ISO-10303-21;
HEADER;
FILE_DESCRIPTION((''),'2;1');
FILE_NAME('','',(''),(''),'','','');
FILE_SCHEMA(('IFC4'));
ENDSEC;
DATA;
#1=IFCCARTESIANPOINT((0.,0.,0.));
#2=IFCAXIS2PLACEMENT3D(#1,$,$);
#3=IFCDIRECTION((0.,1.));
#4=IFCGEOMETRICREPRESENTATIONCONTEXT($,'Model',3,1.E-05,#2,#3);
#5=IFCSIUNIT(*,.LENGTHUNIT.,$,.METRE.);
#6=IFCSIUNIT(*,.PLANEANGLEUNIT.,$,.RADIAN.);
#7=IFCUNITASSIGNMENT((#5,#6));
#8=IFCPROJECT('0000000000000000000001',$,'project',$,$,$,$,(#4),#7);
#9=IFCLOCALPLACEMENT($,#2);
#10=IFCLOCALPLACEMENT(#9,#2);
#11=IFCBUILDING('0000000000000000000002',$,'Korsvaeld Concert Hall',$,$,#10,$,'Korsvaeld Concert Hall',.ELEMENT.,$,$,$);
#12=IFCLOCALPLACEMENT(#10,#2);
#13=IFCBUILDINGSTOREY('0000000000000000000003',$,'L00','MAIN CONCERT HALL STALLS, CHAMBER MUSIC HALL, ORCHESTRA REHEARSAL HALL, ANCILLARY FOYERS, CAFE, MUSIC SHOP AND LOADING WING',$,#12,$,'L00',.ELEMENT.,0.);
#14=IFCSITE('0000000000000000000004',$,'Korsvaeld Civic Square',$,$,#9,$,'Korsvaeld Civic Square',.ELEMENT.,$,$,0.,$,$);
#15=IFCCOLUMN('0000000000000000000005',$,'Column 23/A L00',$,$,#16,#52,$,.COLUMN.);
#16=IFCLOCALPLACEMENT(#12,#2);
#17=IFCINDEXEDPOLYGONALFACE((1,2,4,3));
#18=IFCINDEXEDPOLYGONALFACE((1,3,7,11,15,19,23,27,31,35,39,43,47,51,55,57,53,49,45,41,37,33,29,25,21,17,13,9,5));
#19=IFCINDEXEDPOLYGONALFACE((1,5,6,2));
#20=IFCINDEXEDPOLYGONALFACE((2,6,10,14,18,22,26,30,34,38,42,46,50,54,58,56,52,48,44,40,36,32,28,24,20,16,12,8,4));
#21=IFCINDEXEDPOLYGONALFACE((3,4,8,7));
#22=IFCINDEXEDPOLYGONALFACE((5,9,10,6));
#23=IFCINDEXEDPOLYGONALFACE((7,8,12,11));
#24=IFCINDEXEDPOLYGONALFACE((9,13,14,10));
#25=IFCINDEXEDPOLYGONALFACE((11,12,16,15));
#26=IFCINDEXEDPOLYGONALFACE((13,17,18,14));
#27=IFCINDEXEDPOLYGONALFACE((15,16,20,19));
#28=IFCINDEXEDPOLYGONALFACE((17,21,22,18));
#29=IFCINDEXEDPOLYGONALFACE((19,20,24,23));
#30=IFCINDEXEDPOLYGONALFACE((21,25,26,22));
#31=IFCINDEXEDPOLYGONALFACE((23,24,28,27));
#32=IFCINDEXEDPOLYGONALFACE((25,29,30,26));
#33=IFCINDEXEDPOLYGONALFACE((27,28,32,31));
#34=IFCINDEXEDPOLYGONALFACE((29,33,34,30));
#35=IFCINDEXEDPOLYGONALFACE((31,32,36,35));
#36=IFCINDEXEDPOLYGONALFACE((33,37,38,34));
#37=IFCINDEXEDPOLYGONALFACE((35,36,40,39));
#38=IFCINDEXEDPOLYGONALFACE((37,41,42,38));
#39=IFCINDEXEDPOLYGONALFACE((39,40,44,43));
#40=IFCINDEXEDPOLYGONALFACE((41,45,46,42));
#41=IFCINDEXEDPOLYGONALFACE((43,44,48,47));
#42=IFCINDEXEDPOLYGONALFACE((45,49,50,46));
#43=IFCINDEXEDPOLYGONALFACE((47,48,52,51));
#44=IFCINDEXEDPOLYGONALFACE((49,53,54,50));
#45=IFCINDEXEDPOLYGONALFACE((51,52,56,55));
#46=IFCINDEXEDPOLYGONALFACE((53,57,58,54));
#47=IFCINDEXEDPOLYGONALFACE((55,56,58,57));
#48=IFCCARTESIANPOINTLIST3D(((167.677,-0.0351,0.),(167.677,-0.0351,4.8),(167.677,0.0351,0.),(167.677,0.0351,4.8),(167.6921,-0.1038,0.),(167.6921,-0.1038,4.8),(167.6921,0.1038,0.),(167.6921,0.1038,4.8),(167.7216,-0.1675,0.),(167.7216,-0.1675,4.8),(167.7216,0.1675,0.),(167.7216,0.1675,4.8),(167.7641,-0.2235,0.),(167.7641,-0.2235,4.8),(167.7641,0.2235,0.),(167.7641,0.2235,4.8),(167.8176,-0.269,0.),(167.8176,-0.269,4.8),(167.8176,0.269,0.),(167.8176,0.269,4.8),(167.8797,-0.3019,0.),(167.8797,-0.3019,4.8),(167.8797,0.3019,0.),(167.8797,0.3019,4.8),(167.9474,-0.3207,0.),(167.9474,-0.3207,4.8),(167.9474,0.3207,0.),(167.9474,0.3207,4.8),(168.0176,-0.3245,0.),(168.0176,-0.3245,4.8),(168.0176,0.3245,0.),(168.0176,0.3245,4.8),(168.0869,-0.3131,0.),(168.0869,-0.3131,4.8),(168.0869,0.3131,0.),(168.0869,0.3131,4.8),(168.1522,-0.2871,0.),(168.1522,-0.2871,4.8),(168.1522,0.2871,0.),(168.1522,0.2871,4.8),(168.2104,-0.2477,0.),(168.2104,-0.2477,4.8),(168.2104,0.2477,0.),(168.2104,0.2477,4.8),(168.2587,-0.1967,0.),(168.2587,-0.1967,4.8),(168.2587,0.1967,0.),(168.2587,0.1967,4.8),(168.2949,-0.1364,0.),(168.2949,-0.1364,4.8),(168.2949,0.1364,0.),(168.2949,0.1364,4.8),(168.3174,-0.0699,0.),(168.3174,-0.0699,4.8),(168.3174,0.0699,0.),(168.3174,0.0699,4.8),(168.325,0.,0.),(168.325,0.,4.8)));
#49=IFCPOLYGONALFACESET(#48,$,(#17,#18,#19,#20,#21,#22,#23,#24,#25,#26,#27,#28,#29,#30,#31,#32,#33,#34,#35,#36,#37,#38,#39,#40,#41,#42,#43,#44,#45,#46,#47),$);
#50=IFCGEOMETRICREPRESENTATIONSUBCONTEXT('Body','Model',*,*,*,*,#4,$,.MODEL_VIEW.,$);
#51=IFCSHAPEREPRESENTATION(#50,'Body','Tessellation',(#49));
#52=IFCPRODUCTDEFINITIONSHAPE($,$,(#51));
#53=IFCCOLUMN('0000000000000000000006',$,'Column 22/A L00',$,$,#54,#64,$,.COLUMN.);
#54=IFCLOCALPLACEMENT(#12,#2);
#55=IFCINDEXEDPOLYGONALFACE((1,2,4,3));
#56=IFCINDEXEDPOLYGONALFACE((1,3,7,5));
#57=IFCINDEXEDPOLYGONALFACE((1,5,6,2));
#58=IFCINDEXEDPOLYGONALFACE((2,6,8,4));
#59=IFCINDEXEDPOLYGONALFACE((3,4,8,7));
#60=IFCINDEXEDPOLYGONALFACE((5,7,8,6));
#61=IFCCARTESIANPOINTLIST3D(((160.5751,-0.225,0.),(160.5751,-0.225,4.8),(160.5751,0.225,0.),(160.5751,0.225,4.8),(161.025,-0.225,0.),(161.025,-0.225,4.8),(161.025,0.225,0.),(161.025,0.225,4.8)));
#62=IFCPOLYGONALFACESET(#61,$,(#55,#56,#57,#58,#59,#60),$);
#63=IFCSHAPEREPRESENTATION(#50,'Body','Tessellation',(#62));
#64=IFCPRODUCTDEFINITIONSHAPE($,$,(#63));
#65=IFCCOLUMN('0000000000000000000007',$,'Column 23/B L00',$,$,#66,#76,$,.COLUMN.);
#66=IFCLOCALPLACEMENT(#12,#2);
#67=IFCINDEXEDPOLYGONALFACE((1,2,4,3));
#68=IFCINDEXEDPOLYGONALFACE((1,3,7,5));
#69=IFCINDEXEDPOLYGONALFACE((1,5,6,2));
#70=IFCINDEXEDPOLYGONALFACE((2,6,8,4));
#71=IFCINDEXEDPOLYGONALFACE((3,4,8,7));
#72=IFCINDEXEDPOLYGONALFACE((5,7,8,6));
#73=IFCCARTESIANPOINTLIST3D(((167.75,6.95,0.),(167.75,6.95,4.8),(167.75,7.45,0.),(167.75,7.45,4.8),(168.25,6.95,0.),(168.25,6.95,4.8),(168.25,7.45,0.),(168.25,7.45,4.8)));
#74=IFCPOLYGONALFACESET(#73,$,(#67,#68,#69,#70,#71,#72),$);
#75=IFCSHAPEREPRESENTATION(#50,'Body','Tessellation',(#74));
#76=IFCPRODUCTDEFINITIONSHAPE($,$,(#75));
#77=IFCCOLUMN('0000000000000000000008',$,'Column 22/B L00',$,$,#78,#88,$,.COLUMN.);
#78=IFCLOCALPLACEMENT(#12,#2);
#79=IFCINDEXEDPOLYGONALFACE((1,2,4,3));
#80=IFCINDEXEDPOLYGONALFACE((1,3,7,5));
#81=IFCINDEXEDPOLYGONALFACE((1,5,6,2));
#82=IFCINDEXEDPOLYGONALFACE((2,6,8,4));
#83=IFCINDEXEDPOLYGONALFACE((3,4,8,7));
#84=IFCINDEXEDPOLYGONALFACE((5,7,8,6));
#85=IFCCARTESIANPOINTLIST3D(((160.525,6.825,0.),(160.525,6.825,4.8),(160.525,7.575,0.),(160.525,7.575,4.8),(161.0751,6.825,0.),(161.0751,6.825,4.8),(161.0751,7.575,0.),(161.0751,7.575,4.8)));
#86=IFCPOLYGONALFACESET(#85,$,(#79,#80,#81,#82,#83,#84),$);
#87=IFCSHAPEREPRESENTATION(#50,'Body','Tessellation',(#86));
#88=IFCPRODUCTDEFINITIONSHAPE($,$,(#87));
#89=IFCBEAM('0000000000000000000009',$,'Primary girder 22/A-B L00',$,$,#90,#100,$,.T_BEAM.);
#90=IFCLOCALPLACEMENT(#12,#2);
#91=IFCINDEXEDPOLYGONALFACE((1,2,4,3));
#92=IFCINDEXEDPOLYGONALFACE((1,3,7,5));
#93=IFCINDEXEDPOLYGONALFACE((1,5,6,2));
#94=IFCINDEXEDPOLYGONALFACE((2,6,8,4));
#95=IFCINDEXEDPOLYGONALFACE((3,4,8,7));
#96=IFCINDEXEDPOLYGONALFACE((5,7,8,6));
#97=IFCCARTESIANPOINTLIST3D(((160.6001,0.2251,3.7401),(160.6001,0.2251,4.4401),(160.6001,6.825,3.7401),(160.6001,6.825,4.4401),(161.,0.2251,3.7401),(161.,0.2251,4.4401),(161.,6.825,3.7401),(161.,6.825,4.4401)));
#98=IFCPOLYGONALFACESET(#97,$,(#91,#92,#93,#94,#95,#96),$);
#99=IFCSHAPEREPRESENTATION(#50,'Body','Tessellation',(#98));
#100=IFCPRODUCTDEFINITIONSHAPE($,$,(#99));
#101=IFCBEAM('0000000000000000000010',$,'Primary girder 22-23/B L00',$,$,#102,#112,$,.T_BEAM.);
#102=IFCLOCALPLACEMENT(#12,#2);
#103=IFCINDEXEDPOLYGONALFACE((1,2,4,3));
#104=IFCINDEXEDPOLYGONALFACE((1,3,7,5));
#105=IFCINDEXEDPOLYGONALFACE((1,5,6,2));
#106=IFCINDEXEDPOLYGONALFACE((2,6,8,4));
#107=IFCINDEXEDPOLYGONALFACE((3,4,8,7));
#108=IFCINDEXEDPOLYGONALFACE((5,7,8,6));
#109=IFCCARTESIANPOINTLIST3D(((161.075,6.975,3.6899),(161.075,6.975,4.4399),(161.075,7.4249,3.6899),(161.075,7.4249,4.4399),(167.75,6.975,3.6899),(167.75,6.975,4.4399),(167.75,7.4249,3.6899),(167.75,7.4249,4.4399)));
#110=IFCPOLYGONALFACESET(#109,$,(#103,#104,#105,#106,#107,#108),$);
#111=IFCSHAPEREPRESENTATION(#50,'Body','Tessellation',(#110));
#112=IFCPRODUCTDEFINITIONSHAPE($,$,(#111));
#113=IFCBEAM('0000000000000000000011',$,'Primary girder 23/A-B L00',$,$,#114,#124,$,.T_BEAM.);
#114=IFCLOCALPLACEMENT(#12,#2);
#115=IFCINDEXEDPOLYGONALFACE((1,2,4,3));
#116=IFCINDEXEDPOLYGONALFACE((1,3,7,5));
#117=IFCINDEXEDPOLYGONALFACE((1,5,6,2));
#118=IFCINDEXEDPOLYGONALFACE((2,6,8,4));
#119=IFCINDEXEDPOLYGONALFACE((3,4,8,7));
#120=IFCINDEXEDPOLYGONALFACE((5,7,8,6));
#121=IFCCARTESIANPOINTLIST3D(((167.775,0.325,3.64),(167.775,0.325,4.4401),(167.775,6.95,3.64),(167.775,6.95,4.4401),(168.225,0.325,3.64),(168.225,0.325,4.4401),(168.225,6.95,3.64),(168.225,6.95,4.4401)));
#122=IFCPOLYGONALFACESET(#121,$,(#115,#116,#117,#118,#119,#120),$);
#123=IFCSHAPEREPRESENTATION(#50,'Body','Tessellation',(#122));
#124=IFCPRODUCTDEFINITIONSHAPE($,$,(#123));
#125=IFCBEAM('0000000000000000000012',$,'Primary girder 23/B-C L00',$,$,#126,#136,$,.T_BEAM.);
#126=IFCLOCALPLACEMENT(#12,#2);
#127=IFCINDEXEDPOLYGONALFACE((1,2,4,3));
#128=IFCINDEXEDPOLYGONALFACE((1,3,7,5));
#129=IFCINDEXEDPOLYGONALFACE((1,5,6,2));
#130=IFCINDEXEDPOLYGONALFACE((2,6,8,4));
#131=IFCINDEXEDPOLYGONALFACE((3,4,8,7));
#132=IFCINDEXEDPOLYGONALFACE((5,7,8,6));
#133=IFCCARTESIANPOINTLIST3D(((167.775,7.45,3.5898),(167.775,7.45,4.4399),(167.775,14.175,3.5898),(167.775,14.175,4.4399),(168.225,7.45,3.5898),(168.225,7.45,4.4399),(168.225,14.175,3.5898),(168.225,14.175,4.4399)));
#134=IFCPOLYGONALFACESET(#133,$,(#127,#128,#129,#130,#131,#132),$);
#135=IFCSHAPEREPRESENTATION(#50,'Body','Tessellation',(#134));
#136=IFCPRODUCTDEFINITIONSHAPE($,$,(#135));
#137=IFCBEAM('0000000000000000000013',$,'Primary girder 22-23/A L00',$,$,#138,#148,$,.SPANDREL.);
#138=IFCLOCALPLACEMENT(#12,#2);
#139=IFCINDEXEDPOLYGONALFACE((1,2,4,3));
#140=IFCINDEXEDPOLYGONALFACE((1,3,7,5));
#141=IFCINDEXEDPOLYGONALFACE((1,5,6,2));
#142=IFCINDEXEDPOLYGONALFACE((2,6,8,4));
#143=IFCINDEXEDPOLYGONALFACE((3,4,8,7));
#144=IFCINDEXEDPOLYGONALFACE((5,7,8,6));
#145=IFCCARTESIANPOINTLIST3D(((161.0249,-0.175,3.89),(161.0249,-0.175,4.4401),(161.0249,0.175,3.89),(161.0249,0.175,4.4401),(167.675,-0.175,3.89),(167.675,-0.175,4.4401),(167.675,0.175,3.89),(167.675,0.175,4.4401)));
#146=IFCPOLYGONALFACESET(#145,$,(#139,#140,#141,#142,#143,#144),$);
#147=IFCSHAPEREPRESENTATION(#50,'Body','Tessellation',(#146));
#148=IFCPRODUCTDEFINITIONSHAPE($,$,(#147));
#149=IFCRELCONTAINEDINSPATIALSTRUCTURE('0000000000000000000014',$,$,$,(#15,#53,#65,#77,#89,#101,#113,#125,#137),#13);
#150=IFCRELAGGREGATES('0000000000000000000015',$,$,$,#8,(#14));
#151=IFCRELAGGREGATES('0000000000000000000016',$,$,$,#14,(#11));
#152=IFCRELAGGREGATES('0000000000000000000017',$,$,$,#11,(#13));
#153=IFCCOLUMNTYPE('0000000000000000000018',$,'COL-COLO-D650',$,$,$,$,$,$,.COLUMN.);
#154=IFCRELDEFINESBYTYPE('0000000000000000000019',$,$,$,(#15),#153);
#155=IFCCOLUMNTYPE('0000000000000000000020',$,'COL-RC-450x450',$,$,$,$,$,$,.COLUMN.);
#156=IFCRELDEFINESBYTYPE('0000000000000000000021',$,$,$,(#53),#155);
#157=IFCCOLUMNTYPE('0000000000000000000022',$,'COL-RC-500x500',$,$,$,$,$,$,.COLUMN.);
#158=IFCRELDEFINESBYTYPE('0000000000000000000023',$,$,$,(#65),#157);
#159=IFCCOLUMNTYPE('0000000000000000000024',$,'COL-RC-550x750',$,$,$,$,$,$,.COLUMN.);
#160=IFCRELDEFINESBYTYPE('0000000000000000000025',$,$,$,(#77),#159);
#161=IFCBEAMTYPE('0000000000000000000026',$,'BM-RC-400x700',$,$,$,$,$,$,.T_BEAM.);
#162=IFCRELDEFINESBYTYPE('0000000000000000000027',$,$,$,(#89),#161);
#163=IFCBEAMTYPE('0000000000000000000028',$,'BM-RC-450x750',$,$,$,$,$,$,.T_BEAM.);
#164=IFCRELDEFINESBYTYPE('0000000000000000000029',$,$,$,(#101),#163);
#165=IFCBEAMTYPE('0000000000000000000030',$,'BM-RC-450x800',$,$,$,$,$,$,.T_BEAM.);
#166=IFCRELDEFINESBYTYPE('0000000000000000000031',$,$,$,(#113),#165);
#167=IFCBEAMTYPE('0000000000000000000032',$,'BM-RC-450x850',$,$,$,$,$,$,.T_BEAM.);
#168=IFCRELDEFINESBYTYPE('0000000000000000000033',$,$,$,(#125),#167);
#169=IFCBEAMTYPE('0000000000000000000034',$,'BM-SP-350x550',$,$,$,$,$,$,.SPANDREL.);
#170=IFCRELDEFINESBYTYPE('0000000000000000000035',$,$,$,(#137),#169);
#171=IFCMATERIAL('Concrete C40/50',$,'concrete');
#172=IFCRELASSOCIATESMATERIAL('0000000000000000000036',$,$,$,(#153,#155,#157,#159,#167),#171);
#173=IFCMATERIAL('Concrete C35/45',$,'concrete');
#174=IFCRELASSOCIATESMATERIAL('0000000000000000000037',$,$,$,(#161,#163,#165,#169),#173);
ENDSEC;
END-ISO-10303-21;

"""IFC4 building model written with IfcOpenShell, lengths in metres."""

from ifc_helpers import new_model, si_unit, direction, frame, origin, origin_2d, place, context, subcontext, project, spatial, rectangle, circle, extrude, material, material_profile, profile_set, type_object, element, save


model = new_model("IFC4")

# Units and contexts
model_context = context("Model", 3, precision=1e-05, world=origin(), true_north=direction((0.0, 1.0)))
body_context = subcontext(model_context, "Body", "Model", "MODEL_VIEW")
ifc_project = project(units=[si_unit("LENGTHUNIT", "METRE"), si_unit("PLANEANGLEUNIT", "RADIAN")], contexts=[model_context])

# Site, building, storey
site_placement = place(None, origin())
site = spatial("IfcSite", under=ifc_project, at=site_placement, Name="Korsvaeld Civic Square", LongName="Korsvaeld Civic Square", CompositionType="ELEMENT", RefElevation=0.0)
building_placement = place(site_placement, origin())
building = spatial("IfcBuilding", under=site, at=building_placement, Name="Korsvaeld Concert Hall", LongName="Korsvaeld Concert Hall", CompositionType="ELEMENT")
storey_placement = place(building_placement, origin())
storey = spatial("IfcBuildingStorey", under=building, at=storey_placement, Name="L00", Description="MAIN CONCERT HALL STALLS, CHAMBER MUSIC HALL, ORCHESTRA REHEARSAL HALL, ANCILLARY FOYERS, CAFE, MUSIC SHOP AND LOADING WING", LongName="L00", CompositionType="ELEMENT", Elevation=0.0)

# Columns
ifc_material_1 = material(Name="Concrete C40/50", Category="concrete")
ifc_material_profile_1 = material_profile(ifc_material_1, circle(Radius=0.325, at=origin_2d()), Name="RC D650")
ifc_profile_set_1 = profile_set([ifc_material_profile_1], Name="Concrete C40/50")
column_type_1 = type_object("IfcColumnType", Name="COL-COLO-D650", PredefinedType="COLUMN", material=ifc_profile_set_1)
column_1_placement = place(storey_placement, frame((168.0, 0.0, 0.0), z_axis=(0.0, 0.0, 1.0), x_axis=(1.0, 0.0, 0.0)))
element("IfcColumn", 1, at=column_1_placement, inside=storey, type_object=column_type_1, Name="Column 23/A L00", PredefinedType="COLUMN", context=body_context, shape_type="SweptSolid", body=[
    extrude(circle(Radius=0.325, at=origin_2d()), origin(), (0.0, 0.0, 1.0), 4.8),
])
ifc_material_profile_2 = material_profile(ifc_material_1, rectangle(XDim=0.45, YDim=0.45, at=origin_2d()), Name="RC 450x450")
ifc_profile_set_2 = profile_set([ifc_material_profile_2], Name="Concrete C40/50")
column_type_2 = type_object("IfcColumnType", Name="COL-RC-450x450", PredefinedType="COLUMN", material=ifc_profile_set_2)
column_2_placement = place(storey_placement, frame((160.8, 0.0, 0.0), z_axis=(0.0, 0.0, 1.0), x_axis=(1.0, 0.0, 0.0)))
element("IfcColumn", 2, at=column_2_placement, inside=storey, type_object=column_type_2, Name="Column 22/A L00", PredefinedType="COLUMN", context=body_context, shape_type="SweptSolid", body=[
    extrude(rectangle(XDim=0.45, YDim=0.45, at=origin_2d()), origin(), (0.0, 0.0, 1.0), 4.8),
])
ifc_material_profile_3 = material_profile(ifc_material_1, rectangle(XDim=0.5, YDim=0.5, at=origin_2d()), Name="RC 500x500")
ifc_profile_set_3 = profile_set([ifc_material_profile_3], Name="Concrete C40/50")
column_type_3 = type_object("IfcColumnType", Name="COL-RC-500x500", PredefinedType="COLUMN", material=ifc_profile_set_3)
column_3_placement = place(storey_placement, frame((168.0, 7.2, 0.0), z_axis=(0.0, 0.0, 1.0), x_axis=(1.0, 0.0, 0.0)))
element("IfcColumn", 3, at=column_3_placement, inside=storey, type_object=column_type_3, Name="Column 23/B L00", PredefinedType="COLUMN", context=body_context, shape_type="SweptSolid", body=[
    extrude(rectangle(XDim=0.5, YDim=0.5, at=origin_2d()), origin(), (0.0, 0.0, 1.0), 4.8),
])
ifc_material_profile_4 = material_profile(ifc_material_1, rectangle(XDim=0.55, YDim=0.75, at=origin_2d()), Name="RC 550x750")
ifc_profile_set_4 = profile_set([ifc_material_profile_4], Name="Concrete C40/50")
column_type_4 = type_object("IfcColumnType", Name="COL-RC-550x750", PredefinedType="COLUMN", material=ifc_profile_set_4)
column_4_placement = place(storey_placement, frame((160.8, 7.2, 0.0), z_axis=(0.0, 0.0, 1.0), x_axis=(1.0, 0.0, 0.0)))
element("IfcColumn", 4, at=column_4_placement, inside=storey, type_object=column_type_4, Name="Column 22/B L00", PredefinedType="COLUMN", context=body_context, shape_type="SweptSolid", body=[
    extrude(rectangle(XDim=0.55, YDim=0.75, at=origin_2d()), origin(), (0.0, 0.0, 1.0), 4.8),
])

# Beams
ifc_material_2 = material(Name="Concrete C35/45", Category="concrete")
ifc_material_profile_5 = material_profile(ifc_material_2, rectangle(XDim=0.3999, YDim=0.7, at=origin_2d()), Name="RC 400x700")
ifc_profile_set_5 = profile_set([ifc_material_profile_5], Name="Concrete C35/45")
beam_type_1 = type_object("IfcBeamType", Name="BM-RC-400x700", PredefinedType="T_BEAM", material=ifc_profile_set_5)
beam_1_placement = place(storey_placement, frame((160.8, 0.2251, 4.0901), z_axis=(0.0, 1.0, 0.0), x_axis=(-1.0, 0.0, 0.0)))
element("IfcBeam", 5, at=beam_1_placement, inside=storey, type_object=beam_type_1, Name="Primary girder 22/A-B L00", PredefinedType="T_BEAM", context=body_context, shape_type="SweptSolid", body=[
    extrude(rectangle(XDim=0.3999, YDim=0.7, at=origin_2d()), origin(), (0.0, 0.0, 1.0), 6.5999),
])
ifc_material_profile_6 = material_profile(ifc_material_2, rectangle(XDim=0.45, YDim=0.75, at=origin_2d()), Name="RC 450x750")
ifc_profile_set_6 = profile_set([ifc_material_profile_6], Name="Concrete C35/45")
beam_type_2 = type_object("IfcBeamType", Name="BM-RC-450x750", PredefinedType="T_BEAM", material=ifc_profile_set_6)
beam_2_placement = place(storey_placement, frame((161.075, 7.2, 4.0649), z_axis=(1.0, 0.0, 0.0), x_axis=(0.0, 1.0, 0.0)))
element("IfcBeam", 6, at=beam_2_placement, inside=storey, type_object=beam_type_2, Name="Primary girder 22-23/B L00", PredefinedType="T_BEAM", context=body_context, shape_type="SweptSolid", body=[
    extrude(rectangle(XDim=0.45, YDim=0.75, at=origin_2d()), origin(), (0.0, 0.0, 1.0), 6.675),
])
ifc_material_profile_7 = material_profile(ifc_material_2, rectangle(XDim=0.45, YDim=0.8, at=origin_2d()), Name="RC 450x800")
ifc_profile_set_7 = profile_set([ifc_material_profile_7], Name="Concrete C35/45")
beam_type_3 = type_object("IfcBeamType", Name="BM-RC-450x800", PredefinedType="T_BEAM", material=ifc_profile_set_7)
beam_3_placement = place(storey_placement, frame((168.0, 0.325, 4.04), z_axis=(0.0, 1.0, 0.0), x_axis=(-1.0, 0.0, 0.0)))
element("IfcBeam", 7, at=beam_3_placement, inside=storey, type_object=beam_type_3, Name="Primary girder 23/A-B L00", PredefinedType="T_BEAM", context=body_context, shape_type="SweptSolid", body=[
    extrude(rectangle(XDim=0.45, YDim=0.8, at=origin_2d()), origin(), (0.0, 0.0, 1.0), 6.625),
])
ifc_material_profile_8 = material_profile(ifc_material_1, rectangle(XDim=0.45, YDim=0.8501, at=origin_2d()), Name="RC 450x850")
ifc_profile_set_8 = profile_set([ifc_material_profile_8], Name="Concrete C40/50")
beam_type_4 = type_object("IfcBeamType", Name="BM-RC-450x850", PredefinedType="T_BEAM", material=ifc_profile_set_8)
beam_4_placement = place(storey_placement, frame((168.0, 7.45, 4.0149), z_axis=(0.0, 1.0, 0.0), x_axis=(-1.0, 0.0, 0.0)))
element("IfcBeam", 8, at=beam_4_placement, inside=storey, type_object=beam_type_4, Name="Primary girder 23/B-C L00", PredefinedType="T_BEAM", context=body_context, shape_type="SweptSolid", body=[
    extrude(rectangle(XDim=0.45, YDim=0.8501, at=origin_2d()), origin(), (0.0, 0.0, 1.0), 6.7251),
])
ifc_material_profile_9 = material_profile(ifc_material_2, rectangle(XDim=0.3501, YDim=0.55, at=origin_2d()), Name="RC 350x550")
ifc_profile_set_9 = profile_set([ifc_material_profile_9], Name="Concrete C35/45")
beam_type_5 = type_object("IfcBeamType", Name="BM-SP-350x550", PredefinedType="SPANDREL", material=ifc_profile_set_9)
beam_5_placement = place(storey_placement, frame((161.0249, 0.0, 4.165), z_axis=(1.0, 0.0, 0.0), x_axis=(0.0, 1.0, 0.0)))
element("IfcBeam", 9, at=beam_5_placement, inside=storey, type_object=beam_type_5, Name="Primary girder 22-23/A L00", PredefinedType="SPANDREL", context=body_context, shape_type="SweptSolid", body=[
    extrude(rectangle(XDim=0.3501, YDim=0.55, at=origin_2d()), origin(), (0.0, 0.0, 1.0), 6.6501),
])

save(model, "model.ifc")
